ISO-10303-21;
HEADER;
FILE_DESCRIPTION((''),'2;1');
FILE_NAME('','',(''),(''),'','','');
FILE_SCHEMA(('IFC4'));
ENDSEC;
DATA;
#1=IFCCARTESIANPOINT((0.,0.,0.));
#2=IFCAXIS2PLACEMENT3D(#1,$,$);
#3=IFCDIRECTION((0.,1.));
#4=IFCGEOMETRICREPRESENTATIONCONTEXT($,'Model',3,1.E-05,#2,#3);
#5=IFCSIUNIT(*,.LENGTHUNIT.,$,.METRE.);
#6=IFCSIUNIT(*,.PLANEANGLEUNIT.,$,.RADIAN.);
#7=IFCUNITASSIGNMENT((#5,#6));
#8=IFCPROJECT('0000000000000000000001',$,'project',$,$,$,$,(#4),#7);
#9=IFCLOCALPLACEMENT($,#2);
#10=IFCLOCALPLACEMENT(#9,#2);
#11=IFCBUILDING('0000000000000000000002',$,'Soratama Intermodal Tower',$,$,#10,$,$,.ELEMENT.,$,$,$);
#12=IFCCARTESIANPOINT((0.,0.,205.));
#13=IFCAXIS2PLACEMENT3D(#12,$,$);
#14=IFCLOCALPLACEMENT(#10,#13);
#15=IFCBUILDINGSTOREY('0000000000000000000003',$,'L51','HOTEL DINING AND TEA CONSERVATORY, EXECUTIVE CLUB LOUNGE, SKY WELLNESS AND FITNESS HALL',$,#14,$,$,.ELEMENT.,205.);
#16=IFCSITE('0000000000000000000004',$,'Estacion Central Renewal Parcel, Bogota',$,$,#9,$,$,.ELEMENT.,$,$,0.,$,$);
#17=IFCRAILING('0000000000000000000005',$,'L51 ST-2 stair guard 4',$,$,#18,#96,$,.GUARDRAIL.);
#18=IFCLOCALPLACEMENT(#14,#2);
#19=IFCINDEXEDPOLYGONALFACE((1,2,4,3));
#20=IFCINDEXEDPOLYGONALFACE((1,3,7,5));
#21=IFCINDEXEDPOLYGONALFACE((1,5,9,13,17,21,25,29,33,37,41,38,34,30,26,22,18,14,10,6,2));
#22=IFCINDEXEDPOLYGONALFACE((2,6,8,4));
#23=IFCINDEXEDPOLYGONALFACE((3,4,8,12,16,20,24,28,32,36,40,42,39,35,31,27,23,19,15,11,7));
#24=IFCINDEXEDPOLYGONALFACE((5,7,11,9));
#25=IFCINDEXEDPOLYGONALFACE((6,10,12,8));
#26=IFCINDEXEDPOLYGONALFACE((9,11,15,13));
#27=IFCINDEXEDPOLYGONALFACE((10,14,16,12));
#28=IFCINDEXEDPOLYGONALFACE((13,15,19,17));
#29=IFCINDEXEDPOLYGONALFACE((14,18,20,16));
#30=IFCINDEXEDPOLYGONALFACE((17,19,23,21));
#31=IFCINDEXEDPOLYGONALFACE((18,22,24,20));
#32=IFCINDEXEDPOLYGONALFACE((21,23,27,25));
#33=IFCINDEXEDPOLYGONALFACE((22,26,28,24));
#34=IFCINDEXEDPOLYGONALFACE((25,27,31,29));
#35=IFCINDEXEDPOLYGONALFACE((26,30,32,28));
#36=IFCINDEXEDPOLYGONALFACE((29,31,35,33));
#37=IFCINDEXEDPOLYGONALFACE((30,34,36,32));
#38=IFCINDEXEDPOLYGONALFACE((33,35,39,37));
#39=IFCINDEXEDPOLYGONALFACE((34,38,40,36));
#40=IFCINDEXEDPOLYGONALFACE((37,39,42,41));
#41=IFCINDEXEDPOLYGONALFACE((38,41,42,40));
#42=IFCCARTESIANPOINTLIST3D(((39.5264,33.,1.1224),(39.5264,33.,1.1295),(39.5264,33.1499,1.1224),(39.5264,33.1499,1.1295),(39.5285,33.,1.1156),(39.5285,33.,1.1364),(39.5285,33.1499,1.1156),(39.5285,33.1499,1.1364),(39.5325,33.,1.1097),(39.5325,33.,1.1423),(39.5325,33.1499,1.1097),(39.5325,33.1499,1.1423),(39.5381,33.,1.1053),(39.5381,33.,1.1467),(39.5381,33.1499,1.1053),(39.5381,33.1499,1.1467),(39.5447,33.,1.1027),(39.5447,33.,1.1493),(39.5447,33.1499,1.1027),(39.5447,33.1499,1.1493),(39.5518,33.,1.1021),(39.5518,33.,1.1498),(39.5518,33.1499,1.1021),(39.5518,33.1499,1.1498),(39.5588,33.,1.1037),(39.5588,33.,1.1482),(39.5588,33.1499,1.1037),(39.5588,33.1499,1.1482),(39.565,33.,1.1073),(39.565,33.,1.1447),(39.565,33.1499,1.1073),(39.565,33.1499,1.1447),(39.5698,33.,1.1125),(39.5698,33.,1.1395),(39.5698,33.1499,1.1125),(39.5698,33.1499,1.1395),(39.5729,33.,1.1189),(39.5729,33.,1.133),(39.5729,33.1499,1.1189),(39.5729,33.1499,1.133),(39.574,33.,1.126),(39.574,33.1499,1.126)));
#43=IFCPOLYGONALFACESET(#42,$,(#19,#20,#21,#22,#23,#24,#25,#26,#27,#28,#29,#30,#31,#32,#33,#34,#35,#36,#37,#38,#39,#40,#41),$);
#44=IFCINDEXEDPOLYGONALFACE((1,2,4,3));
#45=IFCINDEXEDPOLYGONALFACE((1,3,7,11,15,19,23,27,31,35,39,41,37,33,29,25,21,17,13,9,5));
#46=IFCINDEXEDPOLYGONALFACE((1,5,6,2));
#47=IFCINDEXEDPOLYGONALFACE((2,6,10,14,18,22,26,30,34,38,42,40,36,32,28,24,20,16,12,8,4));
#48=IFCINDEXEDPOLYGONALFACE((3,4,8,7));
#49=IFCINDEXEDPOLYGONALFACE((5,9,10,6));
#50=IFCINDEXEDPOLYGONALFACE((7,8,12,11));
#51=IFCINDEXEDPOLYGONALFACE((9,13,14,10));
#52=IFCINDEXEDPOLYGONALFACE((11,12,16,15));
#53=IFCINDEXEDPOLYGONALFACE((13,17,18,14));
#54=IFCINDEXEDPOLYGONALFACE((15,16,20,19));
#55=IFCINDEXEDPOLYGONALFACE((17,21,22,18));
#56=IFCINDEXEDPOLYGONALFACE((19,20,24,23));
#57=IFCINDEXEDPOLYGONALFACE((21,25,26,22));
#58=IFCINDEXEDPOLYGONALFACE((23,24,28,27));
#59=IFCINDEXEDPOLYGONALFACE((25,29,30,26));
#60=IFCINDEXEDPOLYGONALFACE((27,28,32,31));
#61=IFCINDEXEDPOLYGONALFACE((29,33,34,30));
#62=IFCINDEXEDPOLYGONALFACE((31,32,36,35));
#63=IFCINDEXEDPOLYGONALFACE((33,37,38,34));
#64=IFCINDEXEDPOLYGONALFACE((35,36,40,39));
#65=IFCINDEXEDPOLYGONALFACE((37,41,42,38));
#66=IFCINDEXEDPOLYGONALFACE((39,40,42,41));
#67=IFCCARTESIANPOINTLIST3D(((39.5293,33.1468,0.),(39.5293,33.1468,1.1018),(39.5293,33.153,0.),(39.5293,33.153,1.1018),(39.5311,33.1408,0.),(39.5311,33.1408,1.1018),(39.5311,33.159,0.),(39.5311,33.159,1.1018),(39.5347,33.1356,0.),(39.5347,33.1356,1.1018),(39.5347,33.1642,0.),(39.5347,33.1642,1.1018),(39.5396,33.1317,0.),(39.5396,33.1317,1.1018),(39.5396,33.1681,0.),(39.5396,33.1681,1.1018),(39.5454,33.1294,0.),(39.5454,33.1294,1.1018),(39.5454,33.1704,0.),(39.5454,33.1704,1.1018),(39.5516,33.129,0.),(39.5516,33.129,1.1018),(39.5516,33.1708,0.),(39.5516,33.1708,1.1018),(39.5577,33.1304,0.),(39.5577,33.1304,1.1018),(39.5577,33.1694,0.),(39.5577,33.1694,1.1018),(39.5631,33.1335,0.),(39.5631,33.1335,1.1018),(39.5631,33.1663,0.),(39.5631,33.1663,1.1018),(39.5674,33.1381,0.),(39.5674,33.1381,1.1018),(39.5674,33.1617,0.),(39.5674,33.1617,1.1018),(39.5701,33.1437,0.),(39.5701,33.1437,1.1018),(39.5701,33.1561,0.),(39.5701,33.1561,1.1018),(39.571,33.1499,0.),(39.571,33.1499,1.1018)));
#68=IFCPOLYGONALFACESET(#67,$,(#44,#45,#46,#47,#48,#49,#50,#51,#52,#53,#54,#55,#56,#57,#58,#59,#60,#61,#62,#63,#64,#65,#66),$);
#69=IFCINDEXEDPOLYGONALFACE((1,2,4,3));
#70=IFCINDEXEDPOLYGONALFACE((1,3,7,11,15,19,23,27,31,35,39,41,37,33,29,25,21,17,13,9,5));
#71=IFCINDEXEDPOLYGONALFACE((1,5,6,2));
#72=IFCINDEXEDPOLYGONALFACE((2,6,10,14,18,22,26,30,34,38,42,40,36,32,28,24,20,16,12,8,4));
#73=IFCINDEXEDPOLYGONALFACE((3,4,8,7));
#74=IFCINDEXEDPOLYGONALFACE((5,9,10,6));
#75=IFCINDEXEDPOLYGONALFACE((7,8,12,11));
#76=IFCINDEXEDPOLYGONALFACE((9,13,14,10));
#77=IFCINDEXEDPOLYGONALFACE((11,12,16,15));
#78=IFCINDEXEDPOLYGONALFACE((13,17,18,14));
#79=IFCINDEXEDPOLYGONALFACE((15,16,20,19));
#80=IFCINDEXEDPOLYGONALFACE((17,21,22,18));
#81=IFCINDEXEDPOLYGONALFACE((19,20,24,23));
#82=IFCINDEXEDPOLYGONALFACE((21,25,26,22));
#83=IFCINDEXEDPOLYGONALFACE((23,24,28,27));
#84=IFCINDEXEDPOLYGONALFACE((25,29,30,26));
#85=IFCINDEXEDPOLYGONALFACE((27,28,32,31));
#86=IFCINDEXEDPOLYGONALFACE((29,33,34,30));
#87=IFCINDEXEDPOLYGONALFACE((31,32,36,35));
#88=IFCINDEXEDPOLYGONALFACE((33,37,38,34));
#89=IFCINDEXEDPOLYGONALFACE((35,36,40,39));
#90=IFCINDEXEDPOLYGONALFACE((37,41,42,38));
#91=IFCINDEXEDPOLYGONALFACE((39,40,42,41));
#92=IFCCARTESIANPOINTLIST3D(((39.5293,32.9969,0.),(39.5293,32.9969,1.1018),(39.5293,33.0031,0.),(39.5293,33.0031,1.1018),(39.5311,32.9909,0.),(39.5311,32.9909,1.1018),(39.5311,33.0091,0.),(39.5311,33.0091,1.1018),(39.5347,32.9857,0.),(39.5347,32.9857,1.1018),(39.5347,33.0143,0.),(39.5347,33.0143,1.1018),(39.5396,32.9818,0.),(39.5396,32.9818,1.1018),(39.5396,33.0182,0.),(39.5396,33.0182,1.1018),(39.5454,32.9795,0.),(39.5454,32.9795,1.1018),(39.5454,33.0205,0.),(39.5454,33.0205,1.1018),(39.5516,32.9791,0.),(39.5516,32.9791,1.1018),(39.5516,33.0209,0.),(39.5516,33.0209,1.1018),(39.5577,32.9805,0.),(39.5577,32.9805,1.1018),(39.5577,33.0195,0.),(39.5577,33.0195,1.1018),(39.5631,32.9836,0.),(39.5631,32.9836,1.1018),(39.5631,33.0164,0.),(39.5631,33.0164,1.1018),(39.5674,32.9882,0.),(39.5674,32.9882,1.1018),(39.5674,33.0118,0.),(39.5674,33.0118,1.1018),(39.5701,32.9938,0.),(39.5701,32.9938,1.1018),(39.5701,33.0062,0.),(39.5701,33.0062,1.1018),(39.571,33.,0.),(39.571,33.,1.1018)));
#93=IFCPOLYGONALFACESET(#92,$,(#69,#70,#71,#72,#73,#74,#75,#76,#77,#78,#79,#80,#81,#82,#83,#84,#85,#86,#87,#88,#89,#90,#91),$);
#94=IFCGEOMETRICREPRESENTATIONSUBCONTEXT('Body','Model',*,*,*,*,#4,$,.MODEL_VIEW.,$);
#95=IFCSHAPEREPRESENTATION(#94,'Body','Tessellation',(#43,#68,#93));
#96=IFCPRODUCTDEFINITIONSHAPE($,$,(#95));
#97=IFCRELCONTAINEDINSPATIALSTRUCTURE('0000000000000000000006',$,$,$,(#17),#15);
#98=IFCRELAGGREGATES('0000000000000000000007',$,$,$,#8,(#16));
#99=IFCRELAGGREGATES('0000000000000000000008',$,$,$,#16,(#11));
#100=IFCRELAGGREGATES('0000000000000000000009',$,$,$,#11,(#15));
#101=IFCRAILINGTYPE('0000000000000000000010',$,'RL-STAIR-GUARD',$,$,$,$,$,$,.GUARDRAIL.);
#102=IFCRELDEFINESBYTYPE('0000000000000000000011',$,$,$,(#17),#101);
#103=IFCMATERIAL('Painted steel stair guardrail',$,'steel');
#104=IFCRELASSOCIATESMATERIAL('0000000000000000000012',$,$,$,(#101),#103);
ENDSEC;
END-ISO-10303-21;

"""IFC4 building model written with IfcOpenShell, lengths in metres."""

from ifc_helpers import new_model, si_unit, direction, frame, origin, origin_2d, place, context, subcontext, project, spatial, circle, extrude, material, type_object, element, save


model = new_model("IFC4")

# Units and contexts
model_context = context("Model", 3, precision=1e-05, world=origin(), true_north=direction((0.0, 1.0)))
body_context = subcontext(model_context, "Body", "Model", "MODEL_VIEW")
ifc_project = project(units=[si_unit("LENGTHUNIT", "METRE"), si_unit("PLANEANGLEUNIT", "RADIAN")], contexts=[model_context])

# Site, building, storey
site_placement = place(None, origin())
site = spatial("IfcSite", under=ifc_project, at=site_placement, Name="Estacion Central Renewal Parcel, Bogota", CompositionType="ELEMENT", RefElevation=0.0)
building_placement = place(site_placement, origin())
building = spatial("IfcBuilding", under=site, at=building_placement, Name="Soratama Intermodal Tower", CompositionType="ELEMENT")
storey_placement = place(building_placement, frame((0.0, 0.0, 205.0)))
storey = spatial("IfcBuildingStorey", under=building, at=storey_placement, Name="L51", Description="HOTEL DINING AND TEA CONSERVATORY, EXECUTIVE CLUB LOUNGE, SKY WELLNESS AND FITNESS HALL", CompositionType="ELEMENT", Elevation=205.0)

# Railing
ifc_material_1 = material(Name="Painted steel stair guardrail", Category="steel")
railing_type = type_object("IfcRailingType", Name="RL-STAIR-GUARD", PredefinedType="GUARDRAIL", material=ifc_material_1)
railing_placement = place(storey_placement, frame((39.55, 33.1499, 0.0)))
element("IfcRailing", 1, at=railing_placement, inside=storey, type_object=railing_type, Name="L51 ST-2 stair guard 4", PredefinedType="GUARDRAIL", context=body_context, shape_type="SweptSolid", body=[
    extrude(circle(Radius=0.0239, at=origin_2d()), frame((0.0, 0.0, 1.126), z_axis=(0.0, -1.0, 0.0), x_axis=(1.0, 0.0, 0.0)), (0.0, 0.0, 1.0), 0.1499),
    extrude(circle(Radius=0.021, at=origin_2d()), origin(), (0.0, 0.0, 1.0), 1.1018),
    extrude(circle(Radius=0.021, at=origin_2d()), frame((0.0, -0.1499, 0.0)), (0.0, 0.0, 1.0), 1.1018),
])

save(model, "model.ifc")
